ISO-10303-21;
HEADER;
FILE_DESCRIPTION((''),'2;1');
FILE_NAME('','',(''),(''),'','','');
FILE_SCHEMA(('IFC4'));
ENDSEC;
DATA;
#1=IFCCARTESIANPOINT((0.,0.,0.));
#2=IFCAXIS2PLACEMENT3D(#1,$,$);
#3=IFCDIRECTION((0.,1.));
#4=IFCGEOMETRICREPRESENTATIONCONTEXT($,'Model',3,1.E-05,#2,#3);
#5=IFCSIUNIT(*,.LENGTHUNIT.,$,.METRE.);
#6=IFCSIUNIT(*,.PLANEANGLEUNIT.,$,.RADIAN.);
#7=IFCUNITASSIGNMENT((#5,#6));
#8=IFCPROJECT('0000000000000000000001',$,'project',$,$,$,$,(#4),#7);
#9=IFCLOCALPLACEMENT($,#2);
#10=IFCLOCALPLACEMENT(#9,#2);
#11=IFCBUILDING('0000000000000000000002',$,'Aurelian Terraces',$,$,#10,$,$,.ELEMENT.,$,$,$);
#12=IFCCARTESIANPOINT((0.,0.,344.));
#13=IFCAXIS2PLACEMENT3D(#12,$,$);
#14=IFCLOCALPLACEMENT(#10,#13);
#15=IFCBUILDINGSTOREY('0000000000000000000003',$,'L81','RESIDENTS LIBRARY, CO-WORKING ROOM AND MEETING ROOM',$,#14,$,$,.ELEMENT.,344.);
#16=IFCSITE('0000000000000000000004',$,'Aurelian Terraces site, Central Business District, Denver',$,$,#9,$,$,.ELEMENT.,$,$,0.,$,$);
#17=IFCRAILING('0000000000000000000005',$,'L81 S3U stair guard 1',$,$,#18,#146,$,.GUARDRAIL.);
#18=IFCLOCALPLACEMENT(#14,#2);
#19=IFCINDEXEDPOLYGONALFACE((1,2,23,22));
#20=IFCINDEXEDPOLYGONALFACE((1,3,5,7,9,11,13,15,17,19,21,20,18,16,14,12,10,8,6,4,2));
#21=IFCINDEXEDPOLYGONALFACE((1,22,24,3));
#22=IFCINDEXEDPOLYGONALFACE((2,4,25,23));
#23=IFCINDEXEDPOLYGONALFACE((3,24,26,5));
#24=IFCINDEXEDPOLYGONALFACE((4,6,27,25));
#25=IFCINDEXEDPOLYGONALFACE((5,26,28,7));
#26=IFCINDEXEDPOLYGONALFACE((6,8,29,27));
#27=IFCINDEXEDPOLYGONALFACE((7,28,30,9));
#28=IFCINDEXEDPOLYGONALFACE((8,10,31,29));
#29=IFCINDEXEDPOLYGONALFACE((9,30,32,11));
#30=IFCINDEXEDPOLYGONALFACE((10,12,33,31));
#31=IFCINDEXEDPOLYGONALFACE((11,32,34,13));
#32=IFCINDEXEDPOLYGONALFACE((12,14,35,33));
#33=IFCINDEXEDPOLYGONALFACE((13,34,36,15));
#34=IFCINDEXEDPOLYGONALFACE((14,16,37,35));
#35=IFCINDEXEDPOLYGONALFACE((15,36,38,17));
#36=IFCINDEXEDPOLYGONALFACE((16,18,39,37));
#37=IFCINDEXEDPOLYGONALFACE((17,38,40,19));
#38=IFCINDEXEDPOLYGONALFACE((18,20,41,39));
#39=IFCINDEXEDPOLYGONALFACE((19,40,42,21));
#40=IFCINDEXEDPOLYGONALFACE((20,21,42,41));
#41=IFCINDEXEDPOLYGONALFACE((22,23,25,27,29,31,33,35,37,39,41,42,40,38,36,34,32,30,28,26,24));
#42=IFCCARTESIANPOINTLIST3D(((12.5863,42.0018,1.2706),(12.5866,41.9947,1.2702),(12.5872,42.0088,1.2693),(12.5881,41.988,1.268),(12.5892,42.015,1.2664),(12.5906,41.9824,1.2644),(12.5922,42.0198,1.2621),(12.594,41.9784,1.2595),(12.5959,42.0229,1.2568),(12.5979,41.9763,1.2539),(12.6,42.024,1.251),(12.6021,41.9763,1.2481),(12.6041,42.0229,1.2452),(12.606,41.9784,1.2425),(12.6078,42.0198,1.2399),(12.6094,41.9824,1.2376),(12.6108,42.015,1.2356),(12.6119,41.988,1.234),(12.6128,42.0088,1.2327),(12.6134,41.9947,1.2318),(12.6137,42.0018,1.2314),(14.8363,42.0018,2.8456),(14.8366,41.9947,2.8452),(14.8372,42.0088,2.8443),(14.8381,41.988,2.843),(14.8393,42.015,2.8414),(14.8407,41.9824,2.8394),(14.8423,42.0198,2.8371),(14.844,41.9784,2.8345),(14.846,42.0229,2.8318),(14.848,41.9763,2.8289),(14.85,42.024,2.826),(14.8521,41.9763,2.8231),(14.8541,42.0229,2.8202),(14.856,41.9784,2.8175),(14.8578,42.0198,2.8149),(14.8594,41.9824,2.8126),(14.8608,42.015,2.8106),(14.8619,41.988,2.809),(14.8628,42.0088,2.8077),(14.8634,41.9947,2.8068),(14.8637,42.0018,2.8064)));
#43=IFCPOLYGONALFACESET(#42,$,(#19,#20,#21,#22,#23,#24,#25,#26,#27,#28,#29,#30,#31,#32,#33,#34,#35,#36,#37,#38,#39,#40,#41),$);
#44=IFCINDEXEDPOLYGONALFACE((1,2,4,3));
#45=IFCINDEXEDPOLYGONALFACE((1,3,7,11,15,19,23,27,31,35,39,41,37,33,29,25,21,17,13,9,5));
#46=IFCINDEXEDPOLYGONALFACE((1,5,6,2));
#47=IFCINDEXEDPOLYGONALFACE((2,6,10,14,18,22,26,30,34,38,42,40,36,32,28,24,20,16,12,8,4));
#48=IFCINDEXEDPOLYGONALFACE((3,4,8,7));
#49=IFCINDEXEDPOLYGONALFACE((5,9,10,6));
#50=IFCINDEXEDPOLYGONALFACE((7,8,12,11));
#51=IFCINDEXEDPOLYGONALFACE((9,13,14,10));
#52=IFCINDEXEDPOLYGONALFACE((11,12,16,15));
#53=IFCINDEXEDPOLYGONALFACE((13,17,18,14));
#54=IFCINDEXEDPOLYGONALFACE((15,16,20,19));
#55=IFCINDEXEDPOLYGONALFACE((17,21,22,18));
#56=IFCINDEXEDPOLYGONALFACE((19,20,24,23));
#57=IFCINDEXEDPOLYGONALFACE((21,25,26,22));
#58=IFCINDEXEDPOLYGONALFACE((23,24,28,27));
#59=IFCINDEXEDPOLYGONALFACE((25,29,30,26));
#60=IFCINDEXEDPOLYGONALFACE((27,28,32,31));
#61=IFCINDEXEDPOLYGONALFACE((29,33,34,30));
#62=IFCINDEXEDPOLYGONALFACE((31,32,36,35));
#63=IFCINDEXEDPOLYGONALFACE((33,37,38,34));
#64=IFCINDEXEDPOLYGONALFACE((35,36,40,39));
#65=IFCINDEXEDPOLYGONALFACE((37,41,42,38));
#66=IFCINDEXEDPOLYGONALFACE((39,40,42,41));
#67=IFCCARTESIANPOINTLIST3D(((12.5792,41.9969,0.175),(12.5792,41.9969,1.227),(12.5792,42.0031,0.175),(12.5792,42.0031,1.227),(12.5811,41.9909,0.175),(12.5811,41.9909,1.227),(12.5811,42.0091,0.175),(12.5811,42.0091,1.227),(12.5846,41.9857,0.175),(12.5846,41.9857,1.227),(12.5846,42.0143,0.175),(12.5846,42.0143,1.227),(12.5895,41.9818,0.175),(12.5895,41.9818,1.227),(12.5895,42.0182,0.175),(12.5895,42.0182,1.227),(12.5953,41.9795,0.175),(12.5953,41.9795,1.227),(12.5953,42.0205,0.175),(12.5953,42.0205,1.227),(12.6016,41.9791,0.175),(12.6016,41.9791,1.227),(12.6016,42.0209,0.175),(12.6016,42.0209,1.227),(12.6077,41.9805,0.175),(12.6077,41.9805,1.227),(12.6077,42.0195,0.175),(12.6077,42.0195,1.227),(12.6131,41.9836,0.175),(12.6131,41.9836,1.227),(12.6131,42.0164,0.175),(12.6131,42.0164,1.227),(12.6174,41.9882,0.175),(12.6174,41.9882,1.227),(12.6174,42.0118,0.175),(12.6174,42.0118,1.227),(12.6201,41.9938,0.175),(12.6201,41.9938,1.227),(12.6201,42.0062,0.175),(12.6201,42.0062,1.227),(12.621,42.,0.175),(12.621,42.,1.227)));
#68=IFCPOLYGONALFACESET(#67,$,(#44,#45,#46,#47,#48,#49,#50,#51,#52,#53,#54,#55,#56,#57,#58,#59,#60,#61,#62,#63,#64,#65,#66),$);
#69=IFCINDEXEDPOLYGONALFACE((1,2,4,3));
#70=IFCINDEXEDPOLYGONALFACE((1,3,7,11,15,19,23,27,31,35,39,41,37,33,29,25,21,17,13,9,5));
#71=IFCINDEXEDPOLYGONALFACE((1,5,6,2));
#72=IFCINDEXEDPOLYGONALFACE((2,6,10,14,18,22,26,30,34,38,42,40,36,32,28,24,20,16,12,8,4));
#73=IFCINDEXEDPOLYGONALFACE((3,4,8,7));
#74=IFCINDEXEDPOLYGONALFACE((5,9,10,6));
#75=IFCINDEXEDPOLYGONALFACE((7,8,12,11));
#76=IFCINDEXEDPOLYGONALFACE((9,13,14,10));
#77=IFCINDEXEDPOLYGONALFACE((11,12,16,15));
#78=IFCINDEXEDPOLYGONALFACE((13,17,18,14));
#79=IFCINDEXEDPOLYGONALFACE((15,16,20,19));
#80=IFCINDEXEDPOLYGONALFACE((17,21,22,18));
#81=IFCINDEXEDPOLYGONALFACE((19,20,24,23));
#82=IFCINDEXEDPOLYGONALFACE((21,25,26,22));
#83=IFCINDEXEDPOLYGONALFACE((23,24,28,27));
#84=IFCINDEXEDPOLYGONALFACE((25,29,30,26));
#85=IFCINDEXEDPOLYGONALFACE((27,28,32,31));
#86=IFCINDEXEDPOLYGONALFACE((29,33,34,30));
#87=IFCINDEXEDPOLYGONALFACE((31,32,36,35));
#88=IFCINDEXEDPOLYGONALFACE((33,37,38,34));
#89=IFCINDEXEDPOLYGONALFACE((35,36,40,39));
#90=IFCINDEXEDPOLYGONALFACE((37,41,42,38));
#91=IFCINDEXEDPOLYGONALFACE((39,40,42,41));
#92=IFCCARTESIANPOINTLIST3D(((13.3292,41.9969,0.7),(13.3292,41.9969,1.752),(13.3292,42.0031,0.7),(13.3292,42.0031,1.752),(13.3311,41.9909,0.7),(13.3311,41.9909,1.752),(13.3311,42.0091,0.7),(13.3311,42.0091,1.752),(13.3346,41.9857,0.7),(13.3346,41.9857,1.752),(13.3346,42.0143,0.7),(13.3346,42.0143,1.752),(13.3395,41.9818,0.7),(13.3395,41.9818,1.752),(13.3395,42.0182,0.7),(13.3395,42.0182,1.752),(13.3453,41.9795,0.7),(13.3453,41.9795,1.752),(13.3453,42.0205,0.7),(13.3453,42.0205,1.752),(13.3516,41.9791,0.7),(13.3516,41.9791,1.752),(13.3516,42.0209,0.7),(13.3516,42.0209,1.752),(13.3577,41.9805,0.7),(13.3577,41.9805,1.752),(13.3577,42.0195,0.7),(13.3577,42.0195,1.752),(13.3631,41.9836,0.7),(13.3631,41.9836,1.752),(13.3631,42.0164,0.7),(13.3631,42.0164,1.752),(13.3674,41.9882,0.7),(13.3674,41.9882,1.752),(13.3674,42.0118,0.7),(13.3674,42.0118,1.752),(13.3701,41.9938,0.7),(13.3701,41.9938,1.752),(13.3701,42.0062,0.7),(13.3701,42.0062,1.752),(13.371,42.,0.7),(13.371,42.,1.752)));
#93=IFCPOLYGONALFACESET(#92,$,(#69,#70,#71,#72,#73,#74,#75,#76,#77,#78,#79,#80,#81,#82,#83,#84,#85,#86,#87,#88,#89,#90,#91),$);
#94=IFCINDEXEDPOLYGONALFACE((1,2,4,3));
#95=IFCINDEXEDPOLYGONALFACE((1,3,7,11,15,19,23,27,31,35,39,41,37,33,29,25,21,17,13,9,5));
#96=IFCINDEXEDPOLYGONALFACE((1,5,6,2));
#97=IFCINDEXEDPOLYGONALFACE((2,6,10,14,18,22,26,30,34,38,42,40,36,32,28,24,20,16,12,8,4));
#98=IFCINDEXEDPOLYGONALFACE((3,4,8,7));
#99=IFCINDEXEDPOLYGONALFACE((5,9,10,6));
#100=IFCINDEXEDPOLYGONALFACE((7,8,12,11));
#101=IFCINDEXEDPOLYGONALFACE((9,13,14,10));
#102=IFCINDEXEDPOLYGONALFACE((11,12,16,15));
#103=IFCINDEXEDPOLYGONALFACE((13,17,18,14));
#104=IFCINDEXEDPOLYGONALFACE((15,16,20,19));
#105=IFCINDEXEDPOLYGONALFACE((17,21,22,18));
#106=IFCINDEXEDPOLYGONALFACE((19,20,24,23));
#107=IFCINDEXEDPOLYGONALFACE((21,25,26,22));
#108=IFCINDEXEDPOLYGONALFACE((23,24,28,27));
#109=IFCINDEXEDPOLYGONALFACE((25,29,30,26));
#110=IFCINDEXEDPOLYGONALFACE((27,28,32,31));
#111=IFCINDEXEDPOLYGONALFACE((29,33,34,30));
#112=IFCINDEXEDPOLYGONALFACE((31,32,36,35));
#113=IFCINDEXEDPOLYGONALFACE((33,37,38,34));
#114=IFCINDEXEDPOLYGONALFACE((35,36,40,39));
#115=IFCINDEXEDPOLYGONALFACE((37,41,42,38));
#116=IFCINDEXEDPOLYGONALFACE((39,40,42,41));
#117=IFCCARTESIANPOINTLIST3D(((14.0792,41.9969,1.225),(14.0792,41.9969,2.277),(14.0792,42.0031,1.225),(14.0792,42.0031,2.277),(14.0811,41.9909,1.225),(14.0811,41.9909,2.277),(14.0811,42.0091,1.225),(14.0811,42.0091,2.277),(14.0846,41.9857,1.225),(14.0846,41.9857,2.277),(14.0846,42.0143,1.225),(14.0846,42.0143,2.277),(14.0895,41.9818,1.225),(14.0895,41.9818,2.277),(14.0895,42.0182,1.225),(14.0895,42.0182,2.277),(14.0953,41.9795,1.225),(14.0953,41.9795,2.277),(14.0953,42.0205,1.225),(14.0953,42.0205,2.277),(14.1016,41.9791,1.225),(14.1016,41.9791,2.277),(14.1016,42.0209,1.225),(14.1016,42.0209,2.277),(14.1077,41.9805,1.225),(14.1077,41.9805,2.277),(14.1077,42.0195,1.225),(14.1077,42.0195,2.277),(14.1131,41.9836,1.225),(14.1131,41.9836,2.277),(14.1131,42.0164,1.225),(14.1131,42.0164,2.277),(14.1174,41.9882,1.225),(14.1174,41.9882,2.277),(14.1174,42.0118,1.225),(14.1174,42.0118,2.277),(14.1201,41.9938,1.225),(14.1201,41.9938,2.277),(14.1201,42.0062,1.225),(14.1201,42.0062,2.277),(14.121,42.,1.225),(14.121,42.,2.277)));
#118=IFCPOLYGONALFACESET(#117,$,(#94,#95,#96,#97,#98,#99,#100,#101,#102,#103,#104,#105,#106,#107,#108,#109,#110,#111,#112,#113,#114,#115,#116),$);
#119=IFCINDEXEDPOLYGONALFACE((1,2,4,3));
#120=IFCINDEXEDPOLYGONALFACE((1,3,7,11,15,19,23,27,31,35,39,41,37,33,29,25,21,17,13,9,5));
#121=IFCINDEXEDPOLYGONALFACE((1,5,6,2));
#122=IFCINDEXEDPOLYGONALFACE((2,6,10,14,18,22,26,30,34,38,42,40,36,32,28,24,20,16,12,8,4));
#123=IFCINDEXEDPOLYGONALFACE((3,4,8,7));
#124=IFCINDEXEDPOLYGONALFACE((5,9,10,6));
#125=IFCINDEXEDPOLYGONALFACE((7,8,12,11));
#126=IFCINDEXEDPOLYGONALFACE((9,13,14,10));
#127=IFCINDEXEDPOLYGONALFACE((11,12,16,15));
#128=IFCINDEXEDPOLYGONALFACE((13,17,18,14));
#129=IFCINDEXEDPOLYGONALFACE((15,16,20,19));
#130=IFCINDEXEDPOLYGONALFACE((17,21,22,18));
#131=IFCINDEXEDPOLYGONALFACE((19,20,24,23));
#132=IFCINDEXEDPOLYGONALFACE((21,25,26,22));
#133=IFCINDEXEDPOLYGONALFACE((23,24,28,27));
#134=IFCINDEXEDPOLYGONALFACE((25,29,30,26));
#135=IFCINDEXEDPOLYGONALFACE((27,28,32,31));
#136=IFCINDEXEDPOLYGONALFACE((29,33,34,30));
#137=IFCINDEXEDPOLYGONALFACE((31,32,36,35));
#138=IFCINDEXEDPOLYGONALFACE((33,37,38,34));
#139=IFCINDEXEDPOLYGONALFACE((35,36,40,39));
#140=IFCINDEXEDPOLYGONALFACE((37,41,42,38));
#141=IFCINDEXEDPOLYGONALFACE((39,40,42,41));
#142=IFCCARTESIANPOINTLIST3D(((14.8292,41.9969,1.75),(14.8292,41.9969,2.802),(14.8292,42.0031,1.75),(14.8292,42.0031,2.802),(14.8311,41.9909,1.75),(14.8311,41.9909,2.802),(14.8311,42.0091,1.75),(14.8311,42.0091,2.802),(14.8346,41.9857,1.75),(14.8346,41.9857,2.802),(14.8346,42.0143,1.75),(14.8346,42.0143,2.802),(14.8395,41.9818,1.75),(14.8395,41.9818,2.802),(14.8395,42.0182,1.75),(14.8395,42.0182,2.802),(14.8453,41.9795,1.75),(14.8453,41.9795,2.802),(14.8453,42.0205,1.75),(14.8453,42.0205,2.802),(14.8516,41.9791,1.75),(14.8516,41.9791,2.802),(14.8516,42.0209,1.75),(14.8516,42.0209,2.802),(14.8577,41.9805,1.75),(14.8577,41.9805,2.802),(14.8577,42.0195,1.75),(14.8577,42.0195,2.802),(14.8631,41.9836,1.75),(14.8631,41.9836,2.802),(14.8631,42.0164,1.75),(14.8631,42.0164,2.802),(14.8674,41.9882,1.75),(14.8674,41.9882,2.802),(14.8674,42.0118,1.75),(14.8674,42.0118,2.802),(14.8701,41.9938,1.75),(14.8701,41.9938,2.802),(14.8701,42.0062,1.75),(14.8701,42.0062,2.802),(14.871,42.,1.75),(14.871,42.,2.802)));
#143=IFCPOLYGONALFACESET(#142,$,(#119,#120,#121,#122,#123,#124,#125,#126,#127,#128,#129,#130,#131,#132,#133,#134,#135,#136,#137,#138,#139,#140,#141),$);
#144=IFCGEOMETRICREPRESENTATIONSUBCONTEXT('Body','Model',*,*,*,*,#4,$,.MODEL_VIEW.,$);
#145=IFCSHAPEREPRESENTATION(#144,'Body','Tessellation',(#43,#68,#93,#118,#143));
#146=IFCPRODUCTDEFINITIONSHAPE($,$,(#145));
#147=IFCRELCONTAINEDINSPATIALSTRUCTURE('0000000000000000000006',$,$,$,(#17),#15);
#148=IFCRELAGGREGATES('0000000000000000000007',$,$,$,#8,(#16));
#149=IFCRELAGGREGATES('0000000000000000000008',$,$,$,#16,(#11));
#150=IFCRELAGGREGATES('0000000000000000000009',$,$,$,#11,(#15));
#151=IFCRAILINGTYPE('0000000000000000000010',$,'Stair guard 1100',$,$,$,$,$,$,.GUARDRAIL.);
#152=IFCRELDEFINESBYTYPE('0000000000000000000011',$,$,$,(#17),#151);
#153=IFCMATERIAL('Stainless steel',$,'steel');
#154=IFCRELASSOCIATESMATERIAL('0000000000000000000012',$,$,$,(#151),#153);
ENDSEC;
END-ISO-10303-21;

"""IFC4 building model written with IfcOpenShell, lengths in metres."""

from ifc_helpers import new_model, si_unit, direction, frame, origin, origin_2d, place, context, subcontext, project, spatial, circle, extrude, source, transform, mapped, material, type_object, element, save


model = new_model("IFC4")

# Units and contexts
model_context = context("Model", 3, precision=1e-05, world=origin(), true_north=direction((0.0, 1.0)))
body_context = subcontext(model_context, "Body", "Model", "MODEL_VIEW")
ifc_project = project(units=[si_unit("LENGTHUNIT", "METRE"), si_unit("PLANEANGLEUNIT", "RADIAN")], contexts=[model_context])

# Site, building, storey
site_placement = place(None, origin())
site = spatial("IfcSite", under=ifc_project, at=site_placement, Name="Aurelian Terraces site, Central Business District, Denver", CompositionType="ELEMENT", RefElevation=0.0)
building_placement = place(site_placement, origin())
building = spatial("IfcBuilding", under=site, at=building_placement, Name="Aurelian Terraces", CompositionType="ELEMENT")
storey_placement = place(building_placement, frame((0.0, 0.0, 344.0)))
storey = spatial("IfcBuildingStorey", under=building, at=storey_placement, Name="L81", Description="RESIDENTS LIBRARY, CO-WORKING ROOM AND MEETING ROOM", CompositionType="ELEMENT", Elevation=344.0)

# Railing
ifc_material_1 = material(Name="Stainless steel", Category="steel")
railing_type_1 = type_object("IfcRailingType", Name="Stair guard 1100", PredefinedType="GUARDRAIL", material=ifc_material_1)
shared_shape_1 = source(origin(), body_context, "Body", "SweptSolid", [
    extrude(circle(Radius=0.024, at=origin_2d()), frame((0.0, 0.0, 1.076), z_axis=(0.819232, 0.0, 0.573462), x_axis=(0.0, 1.0, 0.0)), (0.0, 0.0, 1.0), 2.7465),
    extrude(circle(Radius=0.021, at=origin_2d()), origin(), (0.0, 0.0, 1.0), 1.052),
    extrude(circle(Radius=0.021, at=origin_2d()), frame((0.75, 0.0, 0.525)), (0.0, 0.0, 1.0), 1.052),
    extrude(circle(Radius=0.021, at=origin_2d()), frame((1.5, 0.0, 1.05)), (0.0, 0.0, 1.0), 1.052),
    extrude(circle(Radius=0.021, at=origin_2d()), frame((2.25, 0.0, 1.575)), (0.0, 0.0, 1.0), 1.052),
])
railing_1_placement = place(storey_placement, frame((12.6, 42.0, 0.175)))
element("IfcRailing", 1, at=railing_1_placement, inside=storey, type_object=railing_type_1, Name="L81 S3U stair guard 1", PredefinedType="GUARDRAIL", context=body_context, shape_type="MappedRepresentation", body=[
    mapped(shared_shape_1, transform((0.0, 0.0, 0.0), scale=1.0)),
])

save(model, "model.ifc")
